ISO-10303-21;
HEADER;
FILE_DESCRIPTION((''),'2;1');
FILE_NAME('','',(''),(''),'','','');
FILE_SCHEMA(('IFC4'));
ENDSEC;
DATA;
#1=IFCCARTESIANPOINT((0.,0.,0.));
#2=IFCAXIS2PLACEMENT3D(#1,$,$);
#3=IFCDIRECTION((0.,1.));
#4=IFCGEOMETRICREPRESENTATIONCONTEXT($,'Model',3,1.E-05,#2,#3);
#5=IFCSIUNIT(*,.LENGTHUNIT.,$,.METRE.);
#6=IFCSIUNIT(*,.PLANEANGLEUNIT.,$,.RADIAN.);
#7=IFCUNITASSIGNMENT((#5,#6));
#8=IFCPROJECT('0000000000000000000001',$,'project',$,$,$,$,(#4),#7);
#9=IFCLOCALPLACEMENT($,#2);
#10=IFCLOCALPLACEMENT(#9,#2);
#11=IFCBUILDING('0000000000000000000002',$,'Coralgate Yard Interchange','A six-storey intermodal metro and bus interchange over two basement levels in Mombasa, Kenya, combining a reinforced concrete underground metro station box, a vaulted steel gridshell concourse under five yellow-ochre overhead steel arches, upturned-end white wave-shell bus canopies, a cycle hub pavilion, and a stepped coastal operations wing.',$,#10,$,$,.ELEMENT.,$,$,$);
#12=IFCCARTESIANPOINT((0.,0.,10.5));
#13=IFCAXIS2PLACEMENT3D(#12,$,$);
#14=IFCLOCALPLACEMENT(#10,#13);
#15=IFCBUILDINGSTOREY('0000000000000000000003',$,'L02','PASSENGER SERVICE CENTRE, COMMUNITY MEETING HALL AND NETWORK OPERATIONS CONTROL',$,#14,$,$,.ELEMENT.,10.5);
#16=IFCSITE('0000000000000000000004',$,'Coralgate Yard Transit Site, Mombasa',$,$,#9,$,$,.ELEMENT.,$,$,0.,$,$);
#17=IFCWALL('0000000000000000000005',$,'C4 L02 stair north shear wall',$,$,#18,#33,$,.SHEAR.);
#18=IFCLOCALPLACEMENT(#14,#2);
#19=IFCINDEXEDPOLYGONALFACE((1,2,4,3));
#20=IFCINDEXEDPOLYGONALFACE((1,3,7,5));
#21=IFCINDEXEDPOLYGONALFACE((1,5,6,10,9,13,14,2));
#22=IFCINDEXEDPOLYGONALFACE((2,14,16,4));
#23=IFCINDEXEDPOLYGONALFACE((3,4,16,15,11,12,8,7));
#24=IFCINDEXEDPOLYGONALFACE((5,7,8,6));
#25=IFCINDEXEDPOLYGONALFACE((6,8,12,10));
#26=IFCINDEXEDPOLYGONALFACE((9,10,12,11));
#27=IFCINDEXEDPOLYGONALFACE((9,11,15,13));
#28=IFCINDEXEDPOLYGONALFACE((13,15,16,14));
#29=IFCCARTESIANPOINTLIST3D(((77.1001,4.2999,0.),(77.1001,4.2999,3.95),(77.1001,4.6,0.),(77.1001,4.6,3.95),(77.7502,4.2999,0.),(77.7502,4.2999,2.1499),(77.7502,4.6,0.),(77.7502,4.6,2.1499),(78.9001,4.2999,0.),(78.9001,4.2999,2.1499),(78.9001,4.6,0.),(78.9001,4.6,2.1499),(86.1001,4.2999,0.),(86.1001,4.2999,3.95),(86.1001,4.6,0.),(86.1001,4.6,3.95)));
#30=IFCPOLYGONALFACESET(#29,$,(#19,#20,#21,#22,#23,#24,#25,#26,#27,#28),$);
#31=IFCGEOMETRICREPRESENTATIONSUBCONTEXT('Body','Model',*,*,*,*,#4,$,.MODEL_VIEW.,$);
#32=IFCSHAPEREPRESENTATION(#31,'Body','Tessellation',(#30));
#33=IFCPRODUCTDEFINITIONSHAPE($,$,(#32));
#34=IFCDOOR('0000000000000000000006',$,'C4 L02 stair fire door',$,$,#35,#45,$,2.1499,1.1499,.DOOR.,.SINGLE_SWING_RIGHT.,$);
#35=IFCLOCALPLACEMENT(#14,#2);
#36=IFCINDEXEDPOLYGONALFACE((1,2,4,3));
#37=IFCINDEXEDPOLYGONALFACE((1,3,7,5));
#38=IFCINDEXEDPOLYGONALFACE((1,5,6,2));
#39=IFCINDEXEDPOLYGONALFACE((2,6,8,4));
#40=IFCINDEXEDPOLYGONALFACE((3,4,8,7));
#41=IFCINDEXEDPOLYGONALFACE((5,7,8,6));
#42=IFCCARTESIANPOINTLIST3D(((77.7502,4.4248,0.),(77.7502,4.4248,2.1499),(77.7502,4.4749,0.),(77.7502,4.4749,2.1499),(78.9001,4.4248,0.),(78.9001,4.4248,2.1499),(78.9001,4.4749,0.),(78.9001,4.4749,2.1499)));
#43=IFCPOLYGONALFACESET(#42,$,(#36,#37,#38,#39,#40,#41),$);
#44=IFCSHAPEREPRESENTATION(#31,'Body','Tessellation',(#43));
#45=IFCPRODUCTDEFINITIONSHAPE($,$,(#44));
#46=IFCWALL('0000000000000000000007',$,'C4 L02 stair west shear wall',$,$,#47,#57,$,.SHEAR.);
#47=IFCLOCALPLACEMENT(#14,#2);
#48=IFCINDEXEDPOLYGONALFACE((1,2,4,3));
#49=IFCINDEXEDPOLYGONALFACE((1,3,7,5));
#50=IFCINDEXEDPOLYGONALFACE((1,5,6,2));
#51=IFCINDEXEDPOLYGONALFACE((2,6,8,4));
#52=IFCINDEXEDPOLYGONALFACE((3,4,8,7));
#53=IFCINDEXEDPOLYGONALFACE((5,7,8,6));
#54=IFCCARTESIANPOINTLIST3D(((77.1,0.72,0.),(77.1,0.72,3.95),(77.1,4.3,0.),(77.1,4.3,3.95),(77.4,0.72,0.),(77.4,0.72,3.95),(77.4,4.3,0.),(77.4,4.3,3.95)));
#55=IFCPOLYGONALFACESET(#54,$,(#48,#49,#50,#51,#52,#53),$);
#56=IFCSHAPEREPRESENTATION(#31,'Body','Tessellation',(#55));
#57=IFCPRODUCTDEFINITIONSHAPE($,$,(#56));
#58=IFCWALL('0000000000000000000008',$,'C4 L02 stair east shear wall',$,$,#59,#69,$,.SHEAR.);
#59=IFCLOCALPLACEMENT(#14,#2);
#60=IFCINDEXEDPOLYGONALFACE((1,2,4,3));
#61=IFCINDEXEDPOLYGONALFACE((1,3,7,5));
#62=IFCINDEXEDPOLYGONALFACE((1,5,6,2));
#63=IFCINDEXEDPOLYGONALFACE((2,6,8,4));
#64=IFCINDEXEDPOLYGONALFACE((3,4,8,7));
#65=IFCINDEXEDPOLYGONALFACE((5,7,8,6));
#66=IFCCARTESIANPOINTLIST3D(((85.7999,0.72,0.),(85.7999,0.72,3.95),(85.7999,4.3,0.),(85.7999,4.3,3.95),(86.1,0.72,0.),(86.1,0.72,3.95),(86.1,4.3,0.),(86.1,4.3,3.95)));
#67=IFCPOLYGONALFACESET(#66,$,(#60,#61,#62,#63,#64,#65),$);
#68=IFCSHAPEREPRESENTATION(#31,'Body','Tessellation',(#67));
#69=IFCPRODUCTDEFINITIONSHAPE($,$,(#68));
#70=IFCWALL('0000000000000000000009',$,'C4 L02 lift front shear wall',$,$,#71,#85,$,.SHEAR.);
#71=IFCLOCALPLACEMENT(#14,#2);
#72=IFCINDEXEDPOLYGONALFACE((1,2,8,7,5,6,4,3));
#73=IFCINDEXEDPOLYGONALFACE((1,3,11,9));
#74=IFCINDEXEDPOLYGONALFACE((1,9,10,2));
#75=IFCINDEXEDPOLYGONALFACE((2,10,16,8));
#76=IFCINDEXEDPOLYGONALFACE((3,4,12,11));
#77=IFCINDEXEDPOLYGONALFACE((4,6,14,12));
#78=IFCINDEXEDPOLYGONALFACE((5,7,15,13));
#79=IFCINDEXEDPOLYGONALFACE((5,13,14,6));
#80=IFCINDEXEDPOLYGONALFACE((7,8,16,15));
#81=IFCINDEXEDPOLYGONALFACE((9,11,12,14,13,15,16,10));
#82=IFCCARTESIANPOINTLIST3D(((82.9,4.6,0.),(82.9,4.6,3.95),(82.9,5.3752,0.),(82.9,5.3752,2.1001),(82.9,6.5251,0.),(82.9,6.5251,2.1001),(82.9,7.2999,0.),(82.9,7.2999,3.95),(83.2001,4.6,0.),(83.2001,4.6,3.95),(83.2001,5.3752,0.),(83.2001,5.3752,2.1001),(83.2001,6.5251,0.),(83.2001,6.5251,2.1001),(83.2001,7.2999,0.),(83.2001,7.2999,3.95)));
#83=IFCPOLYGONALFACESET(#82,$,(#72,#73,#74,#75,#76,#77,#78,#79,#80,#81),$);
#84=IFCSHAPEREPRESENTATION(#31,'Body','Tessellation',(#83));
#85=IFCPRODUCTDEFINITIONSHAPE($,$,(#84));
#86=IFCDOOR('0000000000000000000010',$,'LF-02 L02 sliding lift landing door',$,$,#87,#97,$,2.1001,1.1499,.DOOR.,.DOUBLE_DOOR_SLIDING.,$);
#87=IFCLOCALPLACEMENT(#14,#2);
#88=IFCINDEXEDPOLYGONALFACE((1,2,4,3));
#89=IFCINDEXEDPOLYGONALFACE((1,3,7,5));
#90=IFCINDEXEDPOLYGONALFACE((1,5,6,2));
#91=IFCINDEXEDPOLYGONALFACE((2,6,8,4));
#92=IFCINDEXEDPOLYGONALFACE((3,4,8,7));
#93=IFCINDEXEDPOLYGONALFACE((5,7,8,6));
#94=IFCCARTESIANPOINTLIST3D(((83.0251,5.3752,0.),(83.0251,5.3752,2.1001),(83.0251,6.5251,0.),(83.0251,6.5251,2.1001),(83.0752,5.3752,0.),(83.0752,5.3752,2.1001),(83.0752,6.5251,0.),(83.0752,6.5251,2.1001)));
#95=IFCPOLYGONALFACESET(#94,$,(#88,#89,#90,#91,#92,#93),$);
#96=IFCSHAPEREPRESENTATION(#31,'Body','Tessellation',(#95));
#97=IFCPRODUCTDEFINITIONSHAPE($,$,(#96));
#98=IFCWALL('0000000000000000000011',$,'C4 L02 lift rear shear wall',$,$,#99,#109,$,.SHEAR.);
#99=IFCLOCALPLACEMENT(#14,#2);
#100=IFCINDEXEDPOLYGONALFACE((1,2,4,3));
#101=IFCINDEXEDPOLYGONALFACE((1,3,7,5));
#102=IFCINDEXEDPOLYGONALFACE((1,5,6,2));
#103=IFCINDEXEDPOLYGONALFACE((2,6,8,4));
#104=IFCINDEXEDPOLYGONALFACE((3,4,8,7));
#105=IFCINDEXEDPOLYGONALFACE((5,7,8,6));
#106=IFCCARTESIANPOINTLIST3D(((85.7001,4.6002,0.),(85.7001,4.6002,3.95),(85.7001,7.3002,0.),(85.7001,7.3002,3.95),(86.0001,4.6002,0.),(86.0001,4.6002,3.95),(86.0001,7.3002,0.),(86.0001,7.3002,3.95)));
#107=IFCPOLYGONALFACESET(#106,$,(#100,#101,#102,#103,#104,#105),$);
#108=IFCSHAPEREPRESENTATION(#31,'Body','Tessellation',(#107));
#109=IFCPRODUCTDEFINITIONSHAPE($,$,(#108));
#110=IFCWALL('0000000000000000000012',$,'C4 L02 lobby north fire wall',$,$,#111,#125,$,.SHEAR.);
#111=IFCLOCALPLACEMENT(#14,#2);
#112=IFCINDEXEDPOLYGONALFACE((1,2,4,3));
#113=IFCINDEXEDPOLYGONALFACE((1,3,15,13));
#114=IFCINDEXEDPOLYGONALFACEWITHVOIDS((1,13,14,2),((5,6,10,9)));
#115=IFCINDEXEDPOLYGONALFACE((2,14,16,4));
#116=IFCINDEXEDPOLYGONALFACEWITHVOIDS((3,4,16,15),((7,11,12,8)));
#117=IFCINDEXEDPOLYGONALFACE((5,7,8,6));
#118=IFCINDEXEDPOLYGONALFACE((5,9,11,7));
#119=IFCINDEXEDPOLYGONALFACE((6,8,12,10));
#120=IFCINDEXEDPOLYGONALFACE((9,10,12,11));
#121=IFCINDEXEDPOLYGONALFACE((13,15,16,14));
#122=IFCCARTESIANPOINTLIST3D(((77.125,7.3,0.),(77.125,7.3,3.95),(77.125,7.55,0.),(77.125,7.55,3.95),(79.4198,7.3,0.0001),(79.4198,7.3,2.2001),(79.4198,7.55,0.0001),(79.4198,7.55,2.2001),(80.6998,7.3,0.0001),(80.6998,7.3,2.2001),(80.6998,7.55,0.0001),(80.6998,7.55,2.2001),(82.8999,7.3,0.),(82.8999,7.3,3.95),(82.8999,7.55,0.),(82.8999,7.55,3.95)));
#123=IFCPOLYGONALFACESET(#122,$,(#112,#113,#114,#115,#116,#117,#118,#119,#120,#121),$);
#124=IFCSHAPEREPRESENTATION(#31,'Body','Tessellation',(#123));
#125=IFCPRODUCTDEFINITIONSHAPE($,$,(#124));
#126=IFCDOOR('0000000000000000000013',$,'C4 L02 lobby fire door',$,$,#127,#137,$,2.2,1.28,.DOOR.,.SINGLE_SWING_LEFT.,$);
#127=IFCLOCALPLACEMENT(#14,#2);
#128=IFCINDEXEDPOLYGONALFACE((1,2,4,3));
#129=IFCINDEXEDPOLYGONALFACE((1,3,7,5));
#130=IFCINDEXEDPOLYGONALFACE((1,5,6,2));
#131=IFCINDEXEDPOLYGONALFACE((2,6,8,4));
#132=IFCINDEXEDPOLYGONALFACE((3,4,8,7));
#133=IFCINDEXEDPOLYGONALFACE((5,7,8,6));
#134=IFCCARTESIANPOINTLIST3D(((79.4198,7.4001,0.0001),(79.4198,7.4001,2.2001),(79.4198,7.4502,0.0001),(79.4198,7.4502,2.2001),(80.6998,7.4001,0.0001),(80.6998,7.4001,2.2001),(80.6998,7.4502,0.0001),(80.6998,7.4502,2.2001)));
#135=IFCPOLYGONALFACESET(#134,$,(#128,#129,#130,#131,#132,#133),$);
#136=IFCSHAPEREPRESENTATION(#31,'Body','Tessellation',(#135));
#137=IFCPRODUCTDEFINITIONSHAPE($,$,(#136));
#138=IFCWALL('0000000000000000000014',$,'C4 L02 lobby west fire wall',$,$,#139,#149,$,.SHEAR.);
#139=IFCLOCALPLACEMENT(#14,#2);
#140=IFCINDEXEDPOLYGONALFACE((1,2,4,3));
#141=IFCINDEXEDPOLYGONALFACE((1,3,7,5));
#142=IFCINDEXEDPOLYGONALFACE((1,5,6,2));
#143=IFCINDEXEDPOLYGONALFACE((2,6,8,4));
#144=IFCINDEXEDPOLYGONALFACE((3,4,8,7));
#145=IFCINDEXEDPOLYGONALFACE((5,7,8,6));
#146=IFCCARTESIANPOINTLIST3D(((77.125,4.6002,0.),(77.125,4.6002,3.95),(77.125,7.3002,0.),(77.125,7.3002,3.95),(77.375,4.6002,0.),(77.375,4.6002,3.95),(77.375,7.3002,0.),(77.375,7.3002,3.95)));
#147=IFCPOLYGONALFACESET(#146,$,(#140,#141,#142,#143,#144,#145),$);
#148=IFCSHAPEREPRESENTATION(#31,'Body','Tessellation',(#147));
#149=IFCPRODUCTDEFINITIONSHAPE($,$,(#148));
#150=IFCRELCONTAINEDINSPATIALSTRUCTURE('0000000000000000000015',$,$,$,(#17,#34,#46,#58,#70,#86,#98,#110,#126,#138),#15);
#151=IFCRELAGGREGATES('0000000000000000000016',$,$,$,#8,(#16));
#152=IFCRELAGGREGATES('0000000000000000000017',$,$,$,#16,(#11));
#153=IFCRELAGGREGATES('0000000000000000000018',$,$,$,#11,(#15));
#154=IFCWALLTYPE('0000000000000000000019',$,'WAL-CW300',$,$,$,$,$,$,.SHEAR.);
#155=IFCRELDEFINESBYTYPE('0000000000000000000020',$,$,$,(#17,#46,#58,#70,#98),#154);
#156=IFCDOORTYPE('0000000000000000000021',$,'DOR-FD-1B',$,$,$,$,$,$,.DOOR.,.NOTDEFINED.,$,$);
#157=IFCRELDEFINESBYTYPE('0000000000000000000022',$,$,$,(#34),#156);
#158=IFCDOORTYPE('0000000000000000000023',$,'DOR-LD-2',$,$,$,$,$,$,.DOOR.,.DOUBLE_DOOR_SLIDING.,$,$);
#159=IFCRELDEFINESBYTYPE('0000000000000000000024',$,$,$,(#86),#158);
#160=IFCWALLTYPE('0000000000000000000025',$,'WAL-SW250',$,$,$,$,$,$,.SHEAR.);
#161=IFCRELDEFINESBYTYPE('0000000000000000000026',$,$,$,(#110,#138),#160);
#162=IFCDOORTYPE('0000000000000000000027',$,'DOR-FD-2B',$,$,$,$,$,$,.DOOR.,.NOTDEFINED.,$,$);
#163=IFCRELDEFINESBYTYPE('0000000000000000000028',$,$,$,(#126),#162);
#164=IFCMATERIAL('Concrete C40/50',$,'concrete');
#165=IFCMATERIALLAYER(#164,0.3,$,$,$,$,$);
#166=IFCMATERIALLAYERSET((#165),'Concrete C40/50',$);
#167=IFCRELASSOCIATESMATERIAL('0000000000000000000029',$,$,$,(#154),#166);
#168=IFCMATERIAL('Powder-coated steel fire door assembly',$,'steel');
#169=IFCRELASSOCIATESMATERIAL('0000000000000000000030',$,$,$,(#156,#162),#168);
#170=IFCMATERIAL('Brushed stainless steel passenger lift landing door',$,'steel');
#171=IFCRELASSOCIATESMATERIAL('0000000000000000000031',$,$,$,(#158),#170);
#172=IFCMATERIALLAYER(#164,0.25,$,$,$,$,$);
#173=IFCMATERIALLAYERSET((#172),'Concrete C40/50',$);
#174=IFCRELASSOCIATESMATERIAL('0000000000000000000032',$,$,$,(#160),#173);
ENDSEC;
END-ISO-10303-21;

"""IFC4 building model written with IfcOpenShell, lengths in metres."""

from ifc_helpers import new_model, si_unit, direction, frame, frame_2d, origin, place, context, subcontext, project, spatial, rectangle, extrude, material, layer, layer_set, type_object, element, fill, save


model = new_model("IFC4")

# Units and contexts
model_context = context("Model", 3, precision=1e-05, world=origin(), true_north=direction((0.0, 1.0)))
body_context = subcontext(model_context, "Body", "Model", "MODEL_VIEW")
ifc_project = project(units=[si_unit("LENGTHUNIT", "METRE"), si_unit("PLANEANGLEUNIT", "RADIAN")], contexts=[model_context])

# Site, building, storey
site_placement = place(None, origin())
site = spatial("IfcSite", under=ifc_project, at=site_placement, Name="Coralgate Yard Transit Site, Mombasa", CompositionType="ELEMENT", RefElevation=0.0)
building_placement = place(site_placement, origin())
building = spatial("IfcBuilding", under=site, at=building_placement, Name="Coralgate Yard Interchange", Description="A six-storey intermodal metro and bus interchange over two basement levels in Mombasa, Kenya, combining a reinforced concrete underground metro station box, a vaulted steel gridshell concourse under five yellow-ochre overhead steel arches, upturned-end white wave-shell bus canopies, a cycle hub pavilion, and a stepped coastal operations wing.", CompositionType="ELEMENT")
storey_placement = place(building_placement, frame((0.0, 0.0, 10.5)))
storey = spatial("IfcBuildingStorey", under=building, at=storey_placement, Name="L02", Description="PASSENGER SERVICE CENTRE, COMMUNITY MEETING HALL AND NETWORK OPERATIONS CONTROL", CompositionType="ELEMENT", Elevation=10.5)

# Wall, opening, door
ifc_material_1 = material(Name="Concrete C40/50", Category="concrete")
ifc_layer_1 = layer(ifc_material_1, 0.3)
ifc_layer_set_1 = layer_set([ifc_layer_1], Name="Concrete C40/50")
wall_type_1 = type_object("IfcWallType", Name="WAL-CW300", PredefinedType="SHEAR", material=ifc_layer_set_1)
wall_1_placement = place(storey_placement, frame((86.1001, 4.45, 0.0), z_axis=(0.0, 0.0, 1.0), x_axis=(-1.0, 0.0, 0.0)))
wall_1 = element("IfcWall", 1, at=wall_1_placement, inside=storey, type_object=wall_type_1, Name="C4 L02 stair north shear wall", PredefinedType="SHEAR", context=body_context, shape_type="SweptSolid", body=[
    extrude(rectangle(XDim=9.0, YDim=0.3, at=frame_2d((4.5, 0.0))), origin(), (0.0, 0.0, 1.0), 3.95),
])
opening_1_placement = place(wall_1_placement, frame((7.2, 0.0, 0.0)))
opening_1 = element("IfcOpeningElement", 2, at=opening_1_placement, cuts=wall_1, PredefinedType="OPENING", context=body_context, shape_type="SweptSolid", body=[
    extrude(rectangle(XDim=1.1499, YDim=2.1499, at=frame_2d((0.575, 1.075))), frame((0.0, 0.1599, 0.0), z_axis=(0.0, -1.0, 0.0), x_axis=(1.0, 0.0, 0.0)), (0.0, 0.0, 1.0), 0.3201),
])
ifc_material_2 = material(Name="Powder-coated steel fire door assembly", Category="steel")
door_type_1 = type_object("IfcDoorType", Name="DOR-FD-1B", OperationType="NOTDEFINED", PredefinedType="DOOR", material=ifc_material_2)
door_1_placement = place(opening_1_placement, frame((1.1499, 0.0, 0.0), z_axis=(0.0, 0.0, 1.0), x_axis=(-1.0, 0.0, 0.0)))
door_1 = element("IfcDoor", 3, at=door_1_placement, inside=storey, type_object=door_type_1, Name="C4 L02 stair fire door", OperationType="SINGLE_SWING_RIGHT", OverallHeight=2.1499, OverallWidth=1.1499, PredefinedType="DOOR", context=body_context, shape_type="SweptSolid", body=[
    extrude(rectangle(XDim=1.1499, YDim=2.1499, at=frame_2d((0.575, 1.075))), frame((0.0, 0.0249, 0.0), z_axis=(0.0, -1.0, 0.0), x_axis=(1.0, 0.0, 0.0)), (0.0, 0.0, 1.0), 0.05),
])
fill(opening_1, door_1)

# Walls
for number, where, z_axis, x_axis, name in (
    (4, (77.25, 0.72, 0.0), (0.0, 0.0, 1.0), (0.0, 1.0, 0.0), "C4 L02 stair west shear wall"),
    (5, (85.95, 4.3, 0.0), (0.0, 0.0, 1.0), (0.0, -1.0, 0.0), "C4 L02 stair east shear wall"),
):
    element("IfcWall", number, at=place(storey_placement, frame(where, z_axis=z_axis, x_axis=x_axis)), inside=storey, type_object=wall_type_1, Name=name, PredefinedType="SHEAR", context=body_context, shape_type="SweptSolid", body=[
        extrude(rectangle(XDim=3.5801, YDim=0.3, at=frame_2d((1.79, 0.0))), origin(), (0.0, 0.0, 1.0), 3.95),
    ])

# Wall, opening, door
wall_2_placement = place(storey_placement, frame((83.05, 7.3, 0.0), z_axis=(0.0, 0.0, 1.0), x_axis=(0.0, -1.0, 0.0)))
wall_2 = element("IfcWall", 6, at=wall_2_placement, inside=storey, type_object=wall_type_1, Name="C4 L02 lift front shear wall", PredefinedType="SHEAR", context=body_context, shape_type="SweptSolid", body=[
    extrude(rectangle(XDim=2.7, YDim=0.3, at=frame_2d((1.3501, 0.0))), origin(), (0.0, 0.0, 1.0), 3.95),
])
opening_2_placement = place(wall_2_placement, frame((0.7749, 0.0, 0.0)))
opening_2 = element("IfcOpeningElement", 7, at=opening_2_placement, cuts=wall_2, PredefinedType="OPENING", context=body_context, shape_type="SweptSolid", body=[
    extrude(rectangle(XDim=1.1499, YDim=2.1001, at=frame_2d((0.575, 1.05))), frame((0.0, 0.1599, 0.0), z_axis=(0.0, -1.0, 0.0), x_axis=(1.0, 0.0, 0.0)), (0.0, 0.0, 1.0), 0.3201),
])
ifc_material_3 = material(Name="Brushed stainless steel passenger lift landing door", Category="steel")
door_type_2 = type_object("IfcDoorType", Name="DOR-LD-2", OperationType="DOUBLE_DOOR_SLIDING", PredefinedType="DOOR", material=ifc_material_3)
door_2_placement = place(opening_2_placement, frame((1.1499, 0.0, 0.0), z_axis=(0.0, 0.0, 1.0), x_axis=(-1.0, 0.0, 0.0)))
door_2 = element("IfcDoor", 8, at=door_2_placement, inside=storey, type_object=door_type_2, Name="LF-02 L02 sliding lift landing door", OperationType="DOUBLE_DOOR_SLIDING", OverallHeight=2.1001, OverallWidth=1.1499, PredefinedType="DOOR", context=body_context, shape_type="SweptSolid", body=[
    extrude(rectangle(XDim=1.1499, YDim=2.1001, at=frame_2d((0.575, 1.05))), frame((0.0, 0.0249, 0.0), z_axis=(0.0, -1.0, 0.0), x_axis=(1.0, 0.0, 0.0)), (0.0, 0.0, 1.0), 0.05),
])
fill(opening_2, door_2)

# Wall
wall_3_placement = place(storey_placement, frame((85.8501, 4.6001, 0.0), z_axis=(0.0, 0.0, 1.0), x_axis=(0.0, 1.0, 0.0)))
element("IfcWall", 9, at=wall_3_placement, inside=storey, type_object=wall_type_1, Name="C4 L02 lift rear shear wall", PredefinedType="SHEAR", context=body_context, shape_type="SweptSolid", body=[
    extrude(rectangle(XDim=2.7, YDim=0.3, at=frame_2d((1.3501, 0.0))), origin(), (0.0, 0.0, 1.0), 3.95),
])

# Wall, opening, door
ifc_layer_2 = layer(ifc_material_1, 0.25)
ifc_layer_set_2 = layer_set([ifc_layer_2], Name="Concrete C40/50")
wall_type_2 = type_object("IfcWallType", Name="WAL-SW250", PredefinedType="SHEAR", material=ifc_layer_set_2)
wall_4_placement = place(storey_placement, frame((82.8999, 7.425, 0.0), z_axis=(0.0, 0.0, 1.0), x_axis=(-1.0, 0.0, 0.0)))
wall_4 = element("IfcWall", 10, at=wall_4_placement, inside=storey, type_object=wall_type_2, Name="C4 L02 lobby north fire wall", PredefinedType="SHEAR", context=body_context, shape_type="SweptSolid", body=[
    extrude(rectangle(XDim=5.7749, YDim=0.25, at=frame_2d((2.8875, 0.0))), origin(), (0.0, 0.0, 1.0), 3.95),
])
opening_3_placement = place(wall_4_placement, frame((2.2, 0.0, 0.0)))
opening_3 = element("IfcOpeningElement", 11, at=opening_3_placement, cuts=wall_4, PredefinedType="OPENING", context=body_context, shape_type="SweptSolid", body=[
    extrude(rectangle(XDim=1.28, YDim=2.2, at=frame_2d((0.6401, 1.1001))), frame((0.0, 0.135, 0.0), z_axis=(0.0, -1.0, 0.0), x_axis=(1.0, 0.0, 0.0)), (0.0, 0.0, 1.0), 0.27),
])
door_type_3 = type_object("IfcDoorType", Name="DOR-FD-2B", OperationType="NOTDEFINED", PredefinedType="DOOR", material=ifc_material_2)
door_3_placement = place(opening_3_placement, origin())
door_3 = element("IfcDoor", 12, at=door_3_placement, inside=storey, type_object=door_type_3, Name="C4 L02 lobby fire door", OperationType="SINGLE_SWING_LEFT", OverallHeight=2.2, OverallWidth=1.28, PredefinedType="DOOR", context=body_context, shape_type="SweptSolid", body=[
    extrude(rectangle(XDim=1.28, YDim=2.2, at=frame_2d((0.6401, 1.1001))), frame((0.0, 0.0249, 0.0), z_axis=(0.0, -1.0, 0.0), x_axis=(1.0, 0.0, 0.0)), (0.0, 0.0, 1.0), 0.05),
])
fill(opening_3, door_3)

# Wall
wall_5_placement = place(storey_placement, frame((77.25, 4.6001, 0.0), z_axis=(0.0, 0.0, 1.0), x_axis=(0.0, 1.0, 0.0)))
element("IfcWall", 13, at=wall_5_placement, inside=storey, type_object=wall_type_2, Name="C4 L02 lobby west fire wall", PredefinedType="SHEAR", context=body_context, shape_type="SweptSolid", body=[
    extrude(rectangle(XDim=2.7, YDim=0.25, at=frame_2d((1.3501, 0.0))), origin(), (0.0, 0.0, 1.0), 3.95),
])

save(model, "model.ifc")
